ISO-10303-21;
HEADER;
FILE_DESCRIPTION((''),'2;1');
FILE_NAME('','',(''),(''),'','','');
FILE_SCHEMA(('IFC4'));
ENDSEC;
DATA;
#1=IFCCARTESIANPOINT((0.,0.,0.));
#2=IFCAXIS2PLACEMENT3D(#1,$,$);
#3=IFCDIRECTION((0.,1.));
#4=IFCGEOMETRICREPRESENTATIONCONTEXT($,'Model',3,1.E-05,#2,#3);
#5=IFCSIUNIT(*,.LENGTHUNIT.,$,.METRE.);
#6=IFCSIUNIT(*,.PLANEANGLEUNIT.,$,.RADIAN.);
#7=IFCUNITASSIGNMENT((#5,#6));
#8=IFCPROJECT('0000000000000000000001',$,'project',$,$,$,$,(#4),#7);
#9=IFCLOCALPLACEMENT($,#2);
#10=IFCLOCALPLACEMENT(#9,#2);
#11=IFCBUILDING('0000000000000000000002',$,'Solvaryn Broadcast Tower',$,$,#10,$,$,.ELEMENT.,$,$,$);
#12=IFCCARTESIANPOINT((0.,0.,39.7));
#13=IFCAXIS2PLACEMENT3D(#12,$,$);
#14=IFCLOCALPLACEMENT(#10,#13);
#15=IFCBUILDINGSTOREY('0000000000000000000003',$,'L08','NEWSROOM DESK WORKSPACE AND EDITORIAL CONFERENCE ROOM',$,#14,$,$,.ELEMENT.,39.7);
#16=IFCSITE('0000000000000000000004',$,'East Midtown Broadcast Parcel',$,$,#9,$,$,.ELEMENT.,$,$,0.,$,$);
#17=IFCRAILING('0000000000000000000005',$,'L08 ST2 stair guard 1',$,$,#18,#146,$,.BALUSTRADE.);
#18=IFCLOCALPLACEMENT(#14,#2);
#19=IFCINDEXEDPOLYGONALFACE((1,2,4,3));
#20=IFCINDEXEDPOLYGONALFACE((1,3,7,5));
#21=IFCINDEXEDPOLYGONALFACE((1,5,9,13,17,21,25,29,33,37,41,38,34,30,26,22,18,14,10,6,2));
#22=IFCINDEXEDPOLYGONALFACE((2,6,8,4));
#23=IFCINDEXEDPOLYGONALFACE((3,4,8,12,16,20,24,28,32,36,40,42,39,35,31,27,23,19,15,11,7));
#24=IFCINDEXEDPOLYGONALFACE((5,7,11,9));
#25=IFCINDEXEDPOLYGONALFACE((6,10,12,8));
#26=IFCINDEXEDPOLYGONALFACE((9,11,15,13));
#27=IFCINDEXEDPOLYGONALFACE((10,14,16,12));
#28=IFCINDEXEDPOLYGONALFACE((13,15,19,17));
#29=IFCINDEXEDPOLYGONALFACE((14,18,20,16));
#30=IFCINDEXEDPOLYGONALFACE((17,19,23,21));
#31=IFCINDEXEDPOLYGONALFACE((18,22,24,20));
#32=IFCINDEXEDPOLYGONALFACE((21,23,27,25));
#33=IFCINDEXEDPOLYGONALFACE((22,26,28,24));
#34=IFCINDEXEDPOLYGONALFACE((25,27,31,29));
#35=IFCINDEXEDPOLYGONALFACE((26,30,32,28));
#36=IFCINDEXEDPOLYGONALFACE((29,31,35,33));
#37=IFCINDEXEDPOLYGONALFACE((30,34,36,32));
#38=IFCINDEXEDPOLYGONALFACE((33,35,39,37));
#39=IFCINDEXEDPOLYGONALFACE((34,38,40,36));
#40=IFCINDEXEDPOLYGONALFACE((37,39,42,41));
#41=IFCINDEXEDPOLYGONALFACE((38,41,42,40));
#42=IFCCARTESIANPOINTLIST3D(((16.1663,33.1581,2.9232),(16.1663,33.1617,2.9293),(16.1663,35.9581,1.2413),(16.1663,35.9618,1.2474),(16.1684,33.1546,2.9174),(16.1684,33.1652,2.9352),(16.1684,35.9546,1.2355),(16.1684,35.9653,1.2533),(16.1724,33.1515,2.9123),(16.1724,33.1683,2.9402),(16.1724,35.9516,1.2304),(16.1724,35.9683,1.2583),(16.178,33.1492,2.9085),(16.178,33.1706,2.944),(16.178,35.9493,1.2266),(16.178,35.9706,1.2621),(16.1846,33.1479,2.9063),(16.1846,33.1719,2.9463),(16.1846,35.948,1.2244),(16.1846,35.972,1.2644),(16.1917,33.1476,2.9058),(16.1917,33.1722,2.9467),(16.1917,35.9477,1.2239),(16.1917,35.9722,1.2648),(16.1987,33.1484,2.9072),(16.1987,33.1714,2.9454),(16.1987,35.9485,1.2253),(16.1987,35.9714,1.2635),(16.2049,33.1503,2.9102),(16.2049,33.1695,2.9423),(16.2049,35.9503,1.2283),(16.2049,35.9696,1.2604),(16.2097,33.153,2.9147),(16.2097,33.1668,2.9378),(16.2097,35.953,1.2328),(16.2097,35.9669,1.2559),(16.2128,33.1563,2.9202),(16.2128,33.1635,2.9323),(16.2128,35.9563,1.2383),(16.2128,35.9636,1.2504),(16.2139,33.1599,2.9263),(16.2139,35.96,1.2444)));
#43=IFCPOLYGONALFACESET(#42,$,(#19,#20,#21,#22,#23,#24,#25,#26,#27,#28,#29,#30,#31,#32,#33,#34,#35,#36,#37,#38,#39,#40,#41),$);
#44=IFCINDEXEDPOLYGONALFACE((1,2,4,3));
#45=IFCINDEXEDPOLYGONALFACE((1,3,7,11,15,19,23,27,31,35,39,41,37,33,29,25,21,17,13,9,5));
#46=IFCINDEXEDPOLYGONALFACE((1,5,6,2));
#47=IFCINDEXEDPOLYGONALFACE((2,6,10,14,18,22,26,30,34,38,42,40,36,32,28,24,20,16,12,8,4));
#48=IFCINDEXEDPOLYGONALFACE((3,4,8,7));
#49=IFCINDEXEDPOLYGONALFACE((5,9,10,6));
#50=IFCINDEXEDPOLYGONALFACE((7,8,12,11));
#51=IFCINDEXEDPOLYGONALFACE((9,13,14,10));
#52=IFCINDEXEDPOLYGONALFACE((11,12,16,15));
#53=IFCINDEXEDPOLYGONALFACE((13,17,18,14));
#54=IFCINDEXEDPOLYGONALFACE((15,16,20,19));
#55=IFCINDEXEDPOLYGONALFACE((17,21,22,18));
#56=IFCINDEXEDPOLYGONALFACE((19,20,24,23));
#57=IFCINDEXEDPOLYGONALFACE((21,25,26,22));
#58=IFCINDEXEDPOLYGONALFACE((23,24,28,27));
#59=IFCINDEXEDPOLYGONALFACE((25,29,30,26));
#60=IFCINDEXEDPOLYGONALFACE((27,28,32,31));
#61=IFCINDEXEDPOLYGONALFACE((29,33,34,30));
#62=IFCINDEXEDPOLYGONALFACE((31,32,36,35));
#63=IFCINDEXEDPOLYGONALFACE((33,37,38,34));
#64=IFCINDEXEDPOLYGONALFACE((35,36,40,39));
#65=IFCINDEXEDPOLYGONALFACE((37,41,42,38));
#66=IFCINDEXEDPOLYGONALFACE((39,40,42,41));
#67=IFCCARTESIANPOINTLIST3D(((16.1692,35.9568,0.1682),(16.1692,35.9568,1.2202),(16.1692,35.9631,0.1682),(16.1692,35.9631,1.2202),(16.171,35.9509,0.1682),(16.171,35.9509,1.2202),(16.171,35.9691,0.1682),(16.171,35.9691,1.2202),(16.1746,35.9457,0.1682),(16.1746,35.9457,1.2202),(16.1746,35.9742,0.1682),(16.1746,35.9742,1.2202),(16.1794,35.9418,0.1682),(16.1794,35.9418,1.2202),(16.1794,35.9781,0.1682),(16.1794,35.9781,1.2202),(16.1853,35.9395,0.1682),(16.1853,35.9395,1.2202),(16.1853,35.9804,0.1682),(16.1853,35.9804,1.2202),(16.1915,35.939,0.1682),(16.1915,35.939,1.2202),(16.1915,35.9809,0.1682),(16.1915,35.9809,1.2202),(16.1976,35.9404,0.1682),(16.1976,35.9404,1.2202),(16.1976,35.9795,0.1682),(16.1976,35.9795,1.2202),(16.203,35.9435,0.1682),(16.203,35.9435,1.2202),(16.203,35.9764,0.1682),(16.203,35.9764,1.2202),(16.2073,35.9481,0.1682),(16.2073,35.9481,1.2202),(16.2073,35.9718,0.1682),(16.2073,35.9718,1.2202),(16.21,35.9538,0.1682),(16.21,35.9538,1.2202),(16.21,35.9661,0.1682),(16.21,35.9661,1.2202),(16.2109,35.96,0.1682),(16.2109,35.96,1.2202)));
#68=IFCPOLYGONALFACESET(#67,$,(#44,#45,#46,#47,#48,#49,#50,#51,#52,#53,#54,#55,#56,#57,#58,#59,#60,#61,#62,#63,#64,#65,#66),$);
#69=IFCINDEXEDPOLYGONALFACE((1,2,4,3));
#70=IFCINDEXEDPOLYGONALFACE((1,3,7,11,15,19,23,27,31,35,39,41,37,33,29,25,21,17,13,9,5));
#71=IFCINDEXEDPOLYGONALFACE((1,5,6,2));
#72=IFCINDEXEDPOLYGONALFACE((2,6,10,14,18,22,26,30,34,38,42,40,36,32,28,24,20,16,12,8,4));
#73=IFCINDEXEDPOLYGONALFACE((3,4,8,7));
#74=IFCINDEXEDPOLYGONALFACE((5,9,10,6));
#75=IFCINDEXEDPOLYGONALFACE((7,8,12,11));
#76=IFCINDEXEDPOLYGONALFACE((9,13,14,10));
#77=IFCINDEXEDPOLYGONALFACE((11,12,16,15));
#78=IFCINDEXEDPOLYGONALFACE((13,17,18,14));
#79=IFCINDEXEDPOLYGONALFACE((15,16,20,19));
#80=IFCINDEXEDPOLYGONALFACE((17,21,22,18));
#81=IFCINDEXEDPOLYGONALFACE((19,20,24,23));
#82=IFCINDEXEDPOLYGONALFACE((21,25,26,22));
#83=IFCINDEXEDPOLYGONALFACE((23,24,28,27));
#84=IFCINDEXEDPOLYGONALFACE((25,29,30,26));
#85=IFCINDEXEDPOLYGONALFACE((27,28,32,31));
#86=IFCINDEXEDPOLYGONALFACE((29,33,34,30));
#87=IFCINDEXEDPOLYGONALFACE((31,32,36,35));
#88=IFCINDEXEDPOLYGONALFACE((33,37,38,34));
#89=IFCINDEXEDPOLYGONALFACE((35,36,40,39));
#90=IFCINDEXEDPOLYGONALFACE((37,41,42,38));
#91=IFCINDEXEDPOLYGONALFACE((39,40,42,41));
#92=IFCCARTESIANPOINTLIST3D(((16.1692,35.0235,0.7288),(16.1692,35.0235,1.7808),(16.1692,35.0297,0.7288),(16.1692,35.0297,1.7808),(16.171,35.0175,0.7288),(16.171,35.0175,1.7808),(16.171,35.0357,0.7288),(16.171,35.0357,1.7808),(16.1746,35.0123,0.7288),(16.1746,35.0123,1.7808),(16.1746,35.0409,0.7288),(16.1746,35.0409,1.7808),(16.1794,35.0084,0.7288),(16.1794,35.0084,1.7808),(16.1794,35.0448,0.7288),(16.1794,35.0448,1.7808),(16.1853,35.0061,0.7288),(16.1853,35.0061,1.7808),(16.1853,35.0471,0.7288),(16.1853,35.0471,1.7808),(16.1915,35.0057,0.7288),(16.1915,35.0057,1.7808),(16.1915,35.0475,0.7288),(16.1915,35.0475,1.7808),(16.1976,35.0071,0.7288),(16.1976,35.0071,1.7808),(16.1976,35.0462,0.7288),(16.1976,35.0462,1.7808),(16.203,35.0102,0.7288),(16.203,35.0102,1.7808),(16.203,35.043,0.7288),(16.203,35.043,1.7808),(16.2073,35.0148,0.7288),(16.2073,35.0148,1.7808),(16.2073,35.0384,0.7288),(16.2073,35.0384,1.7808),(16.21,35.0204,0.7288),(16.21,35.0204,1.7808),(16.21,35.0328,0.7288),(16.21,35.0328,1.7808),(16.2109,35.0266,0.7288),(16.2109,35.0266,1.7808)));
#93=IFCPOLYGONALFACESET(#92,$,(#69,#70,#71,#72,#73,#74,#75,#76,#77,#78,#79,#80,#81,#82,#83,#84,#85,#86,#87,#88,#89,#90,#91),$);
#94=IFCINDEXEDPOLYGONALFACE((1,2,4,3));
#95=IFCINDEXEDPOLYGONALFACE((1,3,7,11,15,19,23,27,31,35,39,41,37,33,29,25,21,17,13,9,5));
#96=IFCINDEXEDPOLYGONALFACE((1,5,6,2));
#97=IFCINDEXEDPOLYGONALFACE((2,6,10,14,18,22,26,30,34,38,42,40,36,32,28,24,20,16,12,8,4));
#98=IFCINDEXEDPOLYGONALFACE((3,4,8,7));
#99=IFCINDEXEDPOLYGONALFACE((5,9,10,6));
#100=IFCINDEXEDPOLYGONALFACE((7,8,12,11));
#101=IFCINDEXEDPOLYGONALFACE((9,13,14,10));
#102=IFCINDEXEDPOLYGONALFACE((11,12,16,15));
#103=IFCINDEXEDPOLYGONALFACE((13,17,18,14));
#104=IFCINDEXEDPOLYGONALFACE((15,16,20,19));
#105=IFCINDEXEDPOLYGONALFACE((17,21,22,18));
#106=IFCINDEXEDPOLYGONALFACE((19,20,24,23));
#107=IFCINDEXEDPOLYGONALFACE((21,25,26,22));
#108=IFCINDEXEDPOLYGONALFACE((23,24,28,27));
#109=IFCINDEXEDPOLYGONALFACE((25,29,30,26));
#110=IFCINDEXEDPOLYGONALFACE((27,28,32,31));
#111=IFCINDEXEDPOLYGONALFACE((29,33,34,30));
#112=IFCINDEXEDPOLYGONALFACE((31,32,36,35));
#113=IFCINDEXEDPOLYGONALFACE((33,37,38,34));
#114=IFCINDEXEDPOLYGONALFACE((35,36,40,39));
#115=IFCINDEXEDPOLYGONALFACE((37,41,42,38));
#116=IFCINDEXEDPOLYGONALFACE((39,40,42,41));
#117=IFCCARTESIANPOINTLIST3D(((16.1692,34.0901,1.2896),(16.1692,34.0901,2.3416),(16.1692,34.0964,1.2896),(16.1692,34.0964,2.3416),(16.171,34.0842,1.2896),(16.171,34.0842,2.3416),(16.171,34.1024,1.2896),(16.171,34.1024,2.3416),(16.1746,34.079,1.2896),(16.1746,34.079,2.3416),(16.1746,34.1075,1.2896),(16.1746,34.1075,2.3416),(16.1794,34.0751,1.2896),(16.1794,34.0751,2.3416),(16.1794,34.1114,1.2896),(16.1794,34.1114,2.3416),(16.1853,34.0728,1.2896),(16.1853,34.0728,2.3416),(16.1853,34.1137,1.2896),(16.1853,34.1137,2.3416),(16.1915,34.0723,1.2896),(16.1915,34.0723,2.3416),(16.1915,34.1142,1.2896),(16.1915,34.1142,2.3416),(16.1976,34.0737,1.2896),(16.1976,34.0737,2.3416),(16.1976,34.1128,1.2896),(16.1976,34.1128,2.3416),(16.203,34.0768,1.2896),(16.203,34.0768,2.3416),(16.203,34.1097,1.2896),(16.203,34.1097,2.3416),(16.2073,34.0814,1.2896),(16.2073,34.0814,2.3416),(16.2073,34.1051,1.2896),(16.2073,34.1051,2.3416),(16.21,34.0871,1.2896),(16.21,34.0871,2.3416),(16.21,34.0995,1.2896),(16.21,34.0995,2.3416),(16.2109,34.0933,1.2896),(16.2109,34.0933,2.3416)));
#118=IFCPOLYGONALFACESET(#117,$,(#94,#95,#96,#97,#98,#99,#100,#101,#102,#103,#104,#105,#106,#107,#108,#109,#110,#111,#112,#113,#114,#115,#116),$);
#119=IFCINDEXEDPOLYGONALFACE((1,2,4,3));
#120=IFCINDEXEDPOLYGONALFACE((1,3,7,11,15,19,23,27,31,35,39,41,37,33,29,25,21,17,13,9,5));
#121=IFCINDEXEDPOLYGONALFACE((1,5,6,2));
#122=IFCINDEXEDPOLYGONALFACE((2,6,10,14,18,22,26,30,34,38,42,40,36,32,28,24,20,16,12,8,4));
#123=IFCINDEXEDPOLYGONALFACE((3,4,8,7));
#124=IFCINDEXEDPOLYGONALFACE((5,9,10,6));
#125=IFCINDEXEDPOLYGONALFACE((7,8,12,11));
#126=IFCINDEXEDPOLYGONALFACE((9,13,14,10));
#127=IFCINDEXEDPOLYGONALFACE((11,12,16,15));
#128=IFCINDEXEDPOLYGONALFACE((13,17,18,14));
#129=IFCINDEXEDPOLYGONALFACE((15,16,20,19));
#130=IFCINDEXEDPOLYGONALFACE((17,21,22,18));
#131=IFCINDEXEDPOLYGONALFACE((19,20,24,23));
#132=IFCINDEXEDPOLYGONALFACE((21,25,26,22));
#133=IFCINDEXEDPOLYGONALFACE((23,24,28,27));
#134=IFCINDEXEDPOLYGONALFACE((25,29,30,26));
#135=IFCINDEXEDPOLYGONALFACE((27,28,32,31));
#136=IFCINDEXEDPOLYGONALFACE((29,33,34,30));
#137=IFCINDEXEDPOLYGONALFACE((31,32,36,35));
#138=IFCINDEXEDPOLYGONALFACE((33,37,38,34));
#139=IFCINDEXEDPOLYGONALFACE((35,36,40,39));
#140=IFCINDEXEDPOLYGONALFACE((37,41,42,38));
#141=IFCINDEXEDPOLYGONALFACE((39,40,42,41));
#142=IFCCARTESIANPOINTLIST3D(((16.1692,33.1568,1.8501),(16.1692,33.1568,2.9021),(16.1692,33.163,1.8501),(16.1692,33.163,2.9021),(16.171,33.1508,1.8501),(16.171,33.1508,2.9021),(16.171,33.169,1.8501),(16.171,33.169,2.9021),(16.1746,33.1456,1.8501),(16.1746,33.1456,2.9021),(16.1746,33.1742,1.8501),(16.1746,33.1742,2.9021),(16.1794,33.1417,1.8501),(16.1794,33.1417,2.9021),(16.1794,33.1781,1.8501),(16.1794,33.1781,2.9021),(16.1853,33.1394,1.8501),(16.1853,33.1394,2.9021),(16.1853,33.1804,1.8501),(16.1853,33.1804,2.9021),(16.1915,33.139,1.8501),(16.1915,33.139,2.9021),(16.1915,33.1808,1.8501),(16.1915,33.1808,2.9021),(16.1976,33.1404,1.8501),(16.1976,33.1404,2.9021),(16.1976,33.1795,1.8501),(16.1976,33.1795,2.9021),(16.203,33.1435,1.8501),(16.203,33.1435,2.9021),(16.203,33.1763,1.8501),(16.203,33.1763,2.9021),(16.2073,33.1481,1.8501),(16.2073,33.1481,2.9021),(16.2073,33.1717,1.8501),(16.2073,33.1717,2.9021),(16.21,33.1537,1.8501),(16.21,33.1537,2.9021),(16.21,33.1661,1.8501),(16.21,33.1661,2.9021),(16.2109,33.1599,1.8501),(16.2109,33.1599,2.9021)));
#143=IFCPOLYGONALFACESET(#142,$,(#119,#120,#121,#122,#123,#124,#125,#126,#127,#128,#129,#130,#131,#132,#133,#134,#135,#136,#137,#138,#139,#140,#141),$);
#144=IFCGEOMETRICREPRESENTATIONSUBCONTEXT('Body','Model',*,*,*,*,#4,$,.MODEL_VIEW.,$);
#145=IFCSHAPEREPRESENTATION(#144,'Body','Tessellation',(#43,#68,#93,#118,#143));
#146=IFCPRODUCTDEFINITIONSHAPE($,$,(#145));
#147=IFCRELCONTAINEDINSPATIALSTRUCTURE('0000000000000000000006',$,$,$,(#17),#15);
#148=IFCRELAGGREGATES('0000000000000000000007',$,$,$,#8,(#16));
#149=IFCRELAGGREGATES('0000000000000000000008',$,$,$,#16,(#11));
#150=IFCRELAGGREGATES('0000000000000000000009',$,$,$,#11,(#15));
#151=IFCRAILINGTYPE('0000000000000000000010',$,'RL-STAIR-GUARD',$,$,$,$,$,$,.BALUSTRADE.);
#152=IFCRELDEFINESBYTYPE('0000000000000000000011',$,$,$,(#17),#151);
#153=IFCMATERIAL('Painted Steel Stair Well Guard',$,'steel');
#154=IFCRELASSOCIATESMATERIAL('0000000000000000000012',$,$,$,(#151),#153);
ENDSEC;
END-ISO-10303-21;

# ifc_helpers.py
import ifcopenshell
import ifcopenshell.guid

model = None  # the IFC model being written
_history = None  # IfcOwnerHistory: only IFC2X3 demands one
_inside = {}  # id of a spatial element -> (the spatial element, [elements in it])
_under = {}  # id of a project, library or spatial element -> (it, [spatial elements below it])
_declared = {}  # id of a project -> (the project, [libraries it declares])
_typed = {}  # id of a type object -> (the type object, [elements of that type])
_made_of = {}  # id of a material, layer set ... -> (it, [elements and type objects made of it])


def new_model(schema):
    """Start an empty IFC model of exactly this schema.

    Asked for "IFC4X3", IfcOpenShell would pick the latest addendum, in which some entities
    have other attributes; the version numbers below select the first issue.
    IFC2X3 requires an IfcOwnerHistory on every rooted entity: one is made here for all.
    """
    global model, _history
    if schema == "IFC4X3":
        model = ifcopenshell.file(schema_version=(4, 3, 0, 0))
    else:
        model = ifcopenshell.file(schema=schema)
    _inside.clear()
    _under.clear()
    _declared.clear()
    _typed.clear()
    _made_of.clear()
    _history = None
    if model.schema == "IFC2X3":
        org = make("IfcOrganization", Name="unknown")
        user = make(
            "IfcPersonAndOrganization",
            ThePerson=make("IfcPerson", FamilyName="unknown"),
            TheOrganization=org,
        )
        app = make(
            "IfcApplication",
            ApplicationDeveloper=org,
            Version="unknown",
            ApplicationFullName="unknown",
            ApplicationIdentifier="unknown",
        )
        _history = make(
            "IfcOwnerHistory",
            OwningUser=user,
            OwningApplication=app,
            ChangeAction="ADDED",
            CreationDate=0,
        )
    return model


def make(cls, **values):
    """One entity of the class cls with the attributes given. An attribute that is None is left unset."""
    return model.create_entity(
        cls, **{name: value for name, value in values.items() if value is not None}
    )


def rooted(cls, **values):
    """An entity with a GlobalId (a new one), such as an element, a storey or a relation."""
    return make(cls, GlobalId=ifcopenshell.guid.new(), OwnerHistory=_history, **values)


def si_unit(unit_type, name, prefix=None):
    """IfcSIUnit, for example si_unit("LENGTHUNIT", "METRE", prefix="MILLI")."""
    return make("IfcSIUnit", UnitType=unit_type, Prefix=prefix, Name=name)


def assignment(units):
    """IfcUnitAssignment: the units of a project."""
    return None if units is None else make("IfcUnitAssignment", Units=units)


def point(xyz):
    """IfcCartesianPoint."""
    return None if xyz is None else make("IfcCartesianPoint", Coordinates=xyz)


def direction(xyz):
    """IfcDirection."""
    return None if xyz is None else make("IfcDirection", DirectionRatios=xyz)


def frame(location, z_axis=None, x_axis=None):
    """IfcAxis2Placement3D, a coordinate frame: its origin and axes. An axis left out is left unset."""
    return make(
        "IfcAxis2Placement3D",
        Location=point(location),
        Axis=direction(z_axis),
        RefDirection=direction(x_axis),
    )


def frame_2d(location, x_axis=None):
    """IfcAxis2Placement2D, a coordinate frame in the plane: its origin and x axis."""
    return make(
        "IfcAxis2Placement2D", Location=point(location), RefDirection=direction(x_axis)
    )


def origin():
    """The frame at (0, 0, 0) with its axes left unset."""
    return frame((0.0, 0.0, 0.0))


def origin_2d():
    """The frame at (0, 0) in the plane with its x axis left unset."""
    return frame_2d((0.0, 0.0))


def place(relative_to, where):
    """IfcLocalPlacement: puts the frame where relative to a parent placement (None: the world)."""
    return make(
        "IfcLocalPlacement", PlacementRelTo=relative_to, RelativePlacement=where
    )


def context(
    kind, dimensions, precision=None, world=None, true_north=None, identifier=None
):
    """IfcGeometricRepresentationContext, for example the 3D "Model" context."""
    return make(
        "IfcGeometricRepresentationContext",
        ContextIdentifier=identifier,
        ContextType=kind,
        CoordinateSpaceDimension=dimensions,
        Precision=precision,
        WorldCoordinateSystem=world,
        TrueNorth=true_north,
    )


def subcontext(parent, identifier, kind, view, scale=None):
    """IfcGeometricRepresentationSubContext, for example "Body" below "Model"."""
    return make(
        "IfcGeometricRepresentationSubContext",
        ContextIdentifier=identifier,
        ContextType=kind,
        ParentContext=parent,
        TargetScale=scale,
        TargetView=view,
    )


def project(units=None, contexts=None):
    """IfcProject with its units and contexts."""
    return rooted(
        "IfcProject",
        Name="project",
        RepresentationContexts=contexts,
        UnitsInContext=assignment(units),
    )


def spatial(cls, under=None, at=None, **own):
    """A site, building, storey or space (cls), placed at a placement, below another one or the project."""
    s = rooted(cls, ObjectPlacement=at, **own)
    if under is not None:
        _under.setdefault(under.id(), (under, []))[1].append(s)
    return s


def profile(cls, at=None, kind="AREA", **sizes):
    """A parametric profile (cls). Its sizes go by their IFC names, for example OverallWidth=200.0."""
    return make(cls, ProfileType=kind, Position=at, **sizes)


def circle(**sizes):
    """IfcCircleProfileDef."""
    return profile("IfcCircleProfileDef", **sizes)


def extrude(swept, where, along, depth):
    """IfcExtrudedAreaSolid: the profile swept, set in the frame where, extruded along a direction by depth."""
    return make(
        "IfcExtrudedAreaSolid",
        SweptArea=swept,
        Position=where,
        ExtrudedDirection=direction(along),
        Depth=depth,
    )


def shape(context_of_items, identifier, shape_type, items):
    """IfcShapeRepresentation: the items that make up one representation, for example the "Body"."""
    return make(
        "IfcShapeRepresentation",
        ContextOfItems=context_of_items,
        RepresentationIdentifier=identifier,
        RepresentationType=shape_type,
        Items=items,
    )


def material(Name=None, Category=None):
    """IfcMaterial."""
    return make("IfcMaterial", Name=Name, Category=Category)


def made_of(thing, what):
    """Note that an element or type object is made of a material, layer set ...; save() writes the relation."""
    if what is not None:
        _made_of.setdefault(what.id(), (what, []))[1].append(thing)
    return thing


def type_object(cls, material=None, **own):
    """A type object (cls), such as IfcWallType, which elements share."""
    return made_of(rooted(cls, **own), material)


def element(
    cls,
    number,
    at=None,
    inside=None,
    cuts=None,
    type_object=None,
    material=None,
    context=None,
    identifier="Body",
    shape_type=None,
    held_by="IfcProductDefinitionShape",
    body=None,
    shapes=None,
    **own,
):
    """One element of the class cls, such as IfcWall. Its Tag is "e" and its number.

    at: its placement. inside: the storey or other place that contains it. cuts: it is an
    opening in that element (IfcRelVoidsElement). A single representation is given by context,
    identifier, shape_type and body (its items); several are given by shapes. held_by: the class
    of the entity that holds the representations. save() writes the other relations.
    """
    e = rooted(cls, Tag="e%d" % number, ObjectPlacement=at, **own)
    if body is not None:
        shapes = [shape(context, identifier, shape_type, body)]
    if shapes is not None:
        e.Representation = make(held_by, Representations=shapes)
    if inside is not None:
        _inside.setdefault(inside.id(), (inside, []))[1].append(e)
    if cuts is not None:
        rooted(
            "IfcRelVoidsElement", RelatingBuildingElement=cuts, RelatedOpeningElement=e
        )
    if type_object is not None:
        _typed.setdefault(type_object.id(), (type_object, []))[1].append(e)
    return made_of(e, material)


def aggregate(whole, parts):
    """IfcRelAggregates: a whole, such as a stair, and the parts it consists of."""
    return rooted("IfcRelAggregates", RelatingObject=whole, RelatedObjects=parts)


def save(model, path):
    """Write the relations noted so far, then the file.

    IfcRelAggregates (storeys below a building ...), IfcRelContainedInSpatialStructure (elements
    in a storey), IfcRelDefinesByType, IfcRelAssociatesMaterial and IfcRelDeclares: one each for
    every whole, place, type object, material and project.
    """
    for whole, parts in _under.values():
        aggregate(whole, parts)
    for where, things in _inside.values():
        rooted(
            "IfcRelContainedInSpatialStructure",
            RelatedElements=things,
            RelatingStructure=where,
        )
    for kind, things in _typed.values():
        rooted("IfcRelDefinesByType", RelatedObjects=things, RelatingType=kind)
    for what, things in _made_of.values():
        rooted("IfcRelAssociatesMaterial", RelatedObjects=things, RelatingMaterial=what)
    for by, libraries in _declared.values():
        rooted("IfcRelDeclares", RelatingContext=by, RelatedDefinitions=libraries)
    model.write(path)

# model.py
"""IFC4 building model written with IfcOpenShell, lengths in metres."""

from ifc_helpers import new_model, si_unit, direction, frame, origin, origin_2d, place, context, subcontext, project, spatial, circle, extrude, material, type_object, element, save


model = new_model("IFC4")

# Units and contexts
model_context = context("Model", 3, precision=1e-05, world=origin(), true_north=direction((0.0, 1.0)))
body_context = subcontext(model_context, "Body", "Model", "MODEL_VIEW")
ifc_project = project(units=[si_unit("LENGTHUNIT", "METRE"), si_unit("PLANEANGLEUNIT", "RADIAN")], contexts=[model_context])

# Site, building, storey
site_placement = place(None, origin())
site = spatial("IfcSite", under=ifc_project, at=site_placement, Name="East Midtown Broadcast Parcel", CompositionType="ELEMENT", RefElevation=0.0)
building_placement = place(site_placement, origin())
building = spatial("IfcBuilding", under=site, at=building_placement, Name="Solvaryn Broadcast Tower", CompositionType="ELEMENT")
storey_placement = place(building_placement, frame((0.0, 0.0, 39.7)))
storey = spatial("IfcBuildingStorey", under=building, at=storey_placement, Name="L08", Description="NEWSROOM DESK WORKSPACE AND EDITORIAL CONFERENCE ROOM", CompositionType="ELEMENT", Elevation=39.7)

# Railing
ifc_material_1 = material(Name="Painted Steel Stair Well Guard", Category="steel")
railing_type_1 = type_object("IfcRailingType", Name="RL-STAIR-GUARD", PredefinedType="BALUSTRADE", material=ifc_material_1)
railing_1_placement = place(storey_placement, frame((16.1899, 35.96, 0.1682)))
element("IfcRailing", 1, at=railing_1_placement, inside=storey, type_object=railing_type_1, Name="L08 ST2 stair guard 1", PredefinedType="BALUSTRADE", context=body_context, shape_type="SweptSolid", body=[
    extrude(circle(Radius=0.0239, at=origin_2d()), frame((0.0, 0.0, 1.0762), z_axis=(0.0, -0.857242, 0.514913), x_axis=(1.0, 0.0, 0.0)), (0.0, 0.0, 1.0), 3.2664),
    extrude(circle(Radius=0.021, at=origin_2d()), origin(), (0.0, 0.0, 1.0), 1.052),
    extrude(circle(Radius=0.021, at=origin_2d()), frame((0.0, -0.9333, 0.5605)), (0.0, 0.0, 1.0), 1.052),
    extrude(circle(Radius=0.021, at=origin_2d()), frame((0.0, -1.8667, 1.1213)), (0.0, 0.0, 1.0), 1.052),
    extrude(circle(Radius=0.021, at=origin_2d()), frame((0.0, -2.8, 1.6819)), (0.0, 0.0, 1.0), 1.052),
])

save(model, "model.ifc")
